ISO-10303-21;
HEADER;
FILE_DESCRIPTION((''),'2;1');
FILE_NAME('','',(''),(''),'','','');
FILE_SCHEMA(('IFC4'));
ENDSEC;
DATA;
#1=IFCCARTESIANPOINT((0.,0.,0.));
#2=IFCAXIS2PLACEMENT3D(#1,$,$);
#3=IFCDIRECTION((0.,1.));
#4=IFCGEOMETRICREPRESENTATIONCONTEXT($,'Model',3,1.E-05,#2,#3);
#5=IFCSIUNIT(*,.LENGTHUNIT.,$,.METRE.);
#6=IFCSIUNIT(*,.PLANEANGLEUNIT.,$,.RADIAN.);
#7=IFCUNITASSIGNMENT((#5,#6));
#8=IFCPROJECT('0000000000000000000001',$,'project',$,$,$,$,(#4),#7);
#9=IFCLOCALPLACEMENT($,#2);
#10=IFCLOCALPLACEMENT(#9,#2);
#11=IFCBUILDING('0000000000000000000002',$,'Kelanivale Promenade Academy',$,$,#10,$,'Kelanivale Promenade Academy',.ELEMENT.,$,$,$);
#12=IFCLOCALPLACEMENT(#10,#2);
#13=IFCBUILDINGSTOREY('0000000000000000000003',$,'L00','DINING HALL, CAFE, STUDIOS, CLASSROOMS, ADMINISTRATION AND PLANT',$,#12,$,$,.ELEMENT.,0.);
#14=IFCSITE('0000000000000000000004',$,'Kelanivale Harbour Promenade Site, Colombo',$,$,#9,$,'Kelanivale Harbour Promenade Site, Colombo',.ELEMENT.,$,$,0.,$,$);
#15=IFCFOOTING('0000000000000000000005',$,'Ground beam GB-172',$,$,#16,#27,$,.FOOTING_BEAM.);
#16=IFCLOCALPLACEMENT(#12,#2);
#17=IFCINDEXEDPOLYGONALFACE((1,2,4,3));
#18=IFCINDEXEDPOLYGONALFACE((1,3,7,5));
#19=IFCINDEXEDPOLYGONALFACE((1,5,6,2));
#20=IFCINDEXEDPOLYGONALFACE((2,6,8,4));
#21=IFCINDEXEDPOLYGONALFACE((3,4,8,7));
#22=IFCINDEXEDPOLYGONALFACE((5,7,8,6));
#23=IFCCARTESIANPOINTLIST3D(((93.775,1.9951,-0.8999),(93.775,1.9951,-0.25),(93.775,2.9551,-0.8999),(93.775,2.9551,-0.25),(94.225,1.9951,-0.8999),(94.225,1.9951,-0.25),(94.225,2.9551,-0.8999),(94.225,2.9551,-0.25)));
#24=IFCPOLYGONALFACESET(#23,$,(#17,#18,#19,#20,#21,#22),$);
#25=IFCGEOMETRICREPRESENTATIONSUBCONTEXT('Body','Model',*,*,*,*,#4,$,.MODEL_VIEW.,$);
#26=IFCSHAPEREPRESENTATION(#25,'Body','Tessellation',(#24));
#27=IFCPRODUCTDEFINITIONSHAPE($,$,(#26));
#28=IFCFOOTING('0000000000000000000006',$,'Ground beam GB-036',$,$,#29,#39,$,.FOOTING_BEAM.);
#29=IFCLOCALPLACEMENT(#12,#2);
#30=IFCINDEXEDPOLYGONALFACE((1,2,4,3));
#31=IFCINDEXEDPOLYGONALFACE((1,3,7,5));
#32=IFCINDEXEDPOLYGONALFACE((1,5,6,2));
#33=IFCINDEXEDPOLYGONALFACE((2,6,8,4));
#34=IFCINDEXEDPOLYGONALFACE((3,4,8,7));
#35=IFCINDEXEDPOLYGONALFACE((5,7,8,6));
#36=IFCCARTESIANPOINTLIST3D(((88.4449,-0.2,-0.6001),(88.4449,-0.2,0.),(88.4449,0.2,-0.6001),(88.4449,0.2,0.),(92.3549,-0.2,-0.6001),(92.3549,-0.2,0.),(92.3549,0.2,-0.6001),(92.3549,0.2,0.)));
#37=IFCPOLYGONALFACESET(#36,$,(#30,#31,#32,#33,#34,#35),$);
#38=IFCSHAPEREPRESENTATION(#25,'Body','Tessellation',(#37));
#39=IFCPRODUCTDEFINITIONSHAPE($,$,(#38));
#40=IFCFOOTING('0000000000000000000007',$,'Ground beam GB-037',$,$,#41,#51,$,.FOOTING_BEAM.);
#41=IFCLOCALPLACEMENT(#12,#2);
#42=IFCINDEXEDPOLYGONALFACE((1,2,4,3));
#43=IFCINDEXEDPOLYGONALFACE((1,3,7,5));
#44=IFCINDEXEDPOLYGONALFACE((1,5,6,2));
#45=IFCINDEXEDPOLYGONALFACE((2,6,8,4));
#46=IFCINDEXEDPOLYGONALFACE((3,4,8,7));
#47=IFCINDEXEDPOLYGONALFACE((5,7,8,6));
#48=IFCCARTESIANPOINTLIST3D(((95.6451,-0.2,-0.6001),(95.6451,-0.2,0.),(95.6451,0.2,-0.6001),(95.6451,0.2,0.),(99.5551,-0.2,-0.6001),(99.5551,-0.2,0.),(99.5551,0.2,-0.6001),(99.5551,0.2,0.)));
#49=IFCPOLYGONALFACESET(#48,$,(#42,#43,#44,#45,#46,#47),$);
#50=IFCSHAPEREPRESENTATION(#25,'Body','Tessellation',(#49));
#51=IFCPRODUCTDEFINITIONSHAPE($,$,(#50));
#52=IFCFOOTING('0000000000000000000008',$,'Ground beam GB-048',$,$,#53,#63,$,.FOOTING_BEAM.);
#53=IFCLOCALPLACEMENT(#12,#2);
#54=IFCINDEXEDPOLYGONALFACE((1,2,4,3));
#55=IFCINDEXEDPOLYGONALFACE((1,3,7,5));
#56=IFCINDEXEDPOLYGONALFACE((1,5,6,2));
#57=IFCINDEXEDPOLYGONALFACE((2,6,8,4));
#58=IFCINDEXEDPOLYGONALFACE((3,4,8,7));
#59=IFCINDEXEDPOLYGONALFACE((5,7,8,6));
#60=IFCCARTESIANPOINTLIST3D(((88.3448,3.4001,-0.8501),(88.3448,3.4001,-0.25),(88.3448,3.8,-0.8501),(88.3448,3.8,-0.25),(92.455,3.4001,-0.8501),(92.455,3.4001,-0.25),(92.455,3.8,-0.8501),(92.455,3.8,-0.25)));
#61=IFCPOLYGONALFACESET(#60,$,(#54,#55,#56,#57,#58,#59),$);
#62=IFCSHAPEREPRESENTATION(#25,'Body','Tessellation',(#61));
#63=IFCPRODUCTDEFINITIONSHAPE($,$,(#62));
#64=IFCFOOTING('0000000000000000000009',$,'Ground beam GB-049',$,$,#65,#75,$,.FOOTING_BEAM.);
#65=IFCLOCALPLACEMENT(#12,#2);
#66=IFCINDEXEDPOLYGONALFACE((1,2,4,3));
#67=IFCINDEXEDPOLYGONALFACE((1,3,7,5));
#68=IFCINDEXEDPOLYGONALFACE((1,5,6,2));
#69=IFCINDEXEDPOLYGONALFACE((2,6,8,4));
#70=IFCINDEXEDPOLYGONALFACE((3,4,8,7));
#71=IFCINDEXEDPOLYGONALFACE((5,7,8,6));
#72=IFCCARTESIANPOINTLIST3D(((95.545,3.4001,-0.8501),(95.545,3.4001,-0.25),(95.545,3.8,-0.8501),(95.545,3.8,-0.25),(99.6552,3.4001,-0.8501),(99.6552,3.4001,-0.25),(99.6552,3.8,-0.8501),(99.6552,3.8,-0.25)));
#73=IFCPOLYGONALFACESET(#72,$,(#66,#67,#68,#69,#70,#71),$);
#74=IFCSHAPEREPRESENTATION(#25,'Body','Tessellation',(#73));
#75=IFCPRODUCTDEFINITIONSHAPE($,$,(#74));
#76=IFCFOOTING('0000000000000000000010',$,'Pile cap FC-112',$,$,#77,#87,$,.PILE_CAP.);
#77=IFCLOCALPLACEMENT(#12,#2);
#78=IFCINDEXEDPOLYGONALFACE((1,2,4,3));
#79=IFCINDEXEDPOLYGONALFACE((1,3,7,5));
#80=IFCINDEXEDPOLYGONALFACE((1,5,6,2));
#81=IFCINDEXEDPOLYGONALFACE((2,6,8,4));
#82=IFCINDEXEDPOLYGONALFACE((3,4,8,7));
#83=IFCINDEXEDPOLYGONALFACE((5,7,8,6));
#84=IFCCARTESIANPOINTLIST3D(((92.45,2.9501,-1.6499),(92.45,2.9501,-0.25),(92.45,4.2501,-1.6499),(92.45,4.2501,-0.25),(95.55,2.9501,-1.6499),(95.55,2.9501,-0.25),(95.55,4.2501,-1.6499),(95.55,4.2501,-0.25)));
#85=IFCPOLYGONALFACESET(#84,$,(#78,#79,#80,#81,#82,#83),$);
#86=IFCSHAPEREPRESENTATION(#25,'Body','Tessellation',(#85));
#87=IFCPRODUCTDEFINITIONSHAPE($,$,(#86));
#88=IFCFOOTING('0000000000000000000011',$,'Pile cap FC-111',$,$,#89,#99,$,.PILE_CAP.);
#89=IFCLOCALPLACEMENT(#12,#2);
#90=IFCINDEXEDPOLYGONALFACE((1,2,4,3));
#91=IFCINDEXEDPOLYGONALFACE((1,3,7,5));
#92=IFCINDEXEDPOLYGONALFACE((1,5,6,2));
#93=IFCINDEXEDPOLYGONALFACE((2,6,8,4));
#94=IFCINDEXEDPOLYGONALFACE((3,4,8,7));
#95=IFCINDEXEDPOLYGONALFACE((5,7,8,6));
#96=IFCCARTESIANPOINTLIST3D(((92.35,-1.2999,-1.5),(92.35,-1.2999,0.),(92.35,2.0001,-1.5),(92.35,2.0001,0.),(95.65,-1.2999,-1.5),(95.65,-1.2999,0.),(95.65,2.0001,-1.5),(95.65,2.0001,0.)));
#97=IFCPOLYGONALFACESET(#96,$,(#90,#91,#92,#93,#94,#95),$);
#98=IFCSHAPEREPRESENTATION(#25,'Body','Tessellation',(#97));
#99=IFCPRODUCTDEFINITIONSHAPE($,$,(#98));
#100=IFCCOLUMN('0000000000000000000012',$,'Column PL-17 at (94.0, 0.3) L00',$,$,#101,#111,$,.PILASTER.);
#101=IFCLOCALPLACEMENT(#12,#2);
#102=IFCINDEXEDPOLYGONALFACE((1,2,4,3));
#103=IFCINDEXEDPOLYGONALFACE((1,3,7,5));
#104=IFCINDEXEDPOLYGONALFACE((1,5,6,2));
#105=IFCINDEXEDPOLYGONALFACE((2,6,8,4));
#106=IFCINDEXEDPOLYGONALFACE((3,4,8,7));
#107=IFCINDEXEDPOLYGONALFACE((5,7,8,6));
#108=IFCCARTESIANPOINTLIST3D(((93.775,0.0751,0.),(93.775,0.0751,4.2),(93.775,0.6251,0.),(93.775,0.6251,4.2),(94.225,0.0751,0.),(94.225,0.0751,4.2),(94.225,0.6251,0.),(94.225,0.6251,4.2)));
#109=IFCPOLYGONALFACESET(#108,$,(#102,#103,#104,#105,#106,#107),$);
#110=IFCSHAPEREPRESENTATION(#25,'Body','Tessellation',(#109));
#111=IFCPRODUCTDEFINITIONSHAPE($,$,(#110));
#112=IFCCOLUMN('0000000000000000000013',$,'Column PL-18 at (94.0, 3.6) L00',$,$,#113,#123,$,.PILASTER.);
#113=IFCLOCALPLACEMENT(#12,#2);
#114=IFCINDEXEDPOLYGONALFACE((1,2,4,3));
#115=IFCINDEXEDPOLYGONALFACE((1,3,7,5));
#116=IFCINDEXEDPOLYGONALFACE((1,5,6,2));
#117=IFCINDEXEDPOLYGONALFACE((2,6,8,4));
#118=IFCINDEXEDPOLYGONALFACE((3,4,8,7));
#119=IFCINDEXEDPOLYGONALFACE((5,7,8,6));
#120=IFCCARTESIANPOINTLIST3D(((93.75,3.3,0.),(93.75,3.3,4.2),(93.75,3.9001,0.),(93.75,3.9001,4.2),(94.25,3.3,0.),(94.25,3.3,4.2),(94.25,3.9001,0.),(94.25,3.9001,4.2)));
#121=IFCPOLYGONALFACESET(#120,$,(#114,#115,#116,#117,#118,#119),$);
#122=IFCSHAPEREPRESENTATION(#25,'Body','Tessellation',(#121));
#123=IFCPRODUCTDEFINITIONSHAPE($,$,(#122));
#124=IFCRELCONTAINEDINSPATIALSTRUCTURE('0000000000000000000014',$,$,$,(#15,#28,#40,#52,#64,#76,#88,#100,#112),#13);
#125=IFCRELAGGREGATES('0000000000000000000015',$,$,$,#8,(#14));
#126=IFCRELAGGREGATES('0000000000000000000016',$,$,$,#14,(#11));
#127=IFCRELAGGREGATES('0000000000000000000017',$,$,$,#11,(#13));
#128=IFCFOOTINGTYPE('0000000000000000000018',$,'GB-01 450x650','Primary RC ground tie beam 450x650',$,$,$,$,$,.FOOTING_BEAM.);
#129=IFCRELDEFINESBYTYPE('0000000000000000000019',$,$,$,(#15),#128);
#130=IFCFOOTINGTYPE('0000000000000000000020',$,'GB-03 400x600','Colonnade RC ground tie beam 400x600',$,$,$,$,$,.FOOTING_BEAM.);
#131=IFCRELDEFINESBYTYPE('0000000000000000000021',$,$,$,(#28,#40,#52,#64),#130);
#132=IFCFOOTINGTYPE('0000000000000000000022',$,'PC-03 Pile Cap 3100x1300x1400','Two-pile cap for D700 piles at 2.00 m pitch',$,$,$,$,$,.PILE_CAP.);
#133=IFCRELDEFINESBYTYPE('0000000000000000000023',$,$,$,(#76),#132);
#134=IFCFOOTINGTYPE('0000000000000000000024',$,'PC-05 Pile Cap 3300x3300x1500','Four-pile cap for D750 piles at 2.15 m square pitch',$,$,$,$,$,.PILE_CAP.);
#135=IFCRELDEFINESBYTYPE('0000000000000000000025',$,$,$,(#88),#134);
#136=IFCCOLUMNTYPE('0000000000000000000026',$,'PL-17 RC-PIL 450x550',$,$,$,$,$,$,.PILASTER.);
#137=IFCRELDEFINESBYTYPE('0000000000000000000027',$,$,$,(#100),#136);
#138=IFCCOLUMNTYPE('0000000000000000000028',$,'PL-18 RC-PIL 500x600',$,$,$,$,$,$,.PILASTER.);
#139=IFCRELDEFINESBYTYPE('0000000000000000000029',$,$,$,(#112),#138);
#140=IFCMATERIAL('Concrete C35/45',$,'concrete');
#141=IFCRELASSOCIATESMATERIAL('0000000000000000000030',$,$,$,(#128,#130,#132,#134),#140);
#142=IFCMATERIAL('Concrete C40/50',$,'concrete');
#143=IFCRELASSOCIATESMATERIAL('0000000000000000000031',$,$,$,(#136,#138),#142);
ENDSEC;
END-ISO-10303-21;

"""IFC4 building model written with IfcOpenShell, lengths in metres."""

from ifc_helpers import new_model, si_unit, direction, frame, origin, origin_2d, place, context, subcontext, project, spatial, rectangle, extrude, material, material_profile, profile_set, type_object, element, save


model = new_model("IFC4")

# Units and contexts
model_context = context("Model", 3, precision=1e-05, world=origin(), true_north=direction((0.0, 1.0)))
body_context = subcontext(model_context, "Body", "Model", "MODEL_VIEW")
ifc_project = project(units=[si_unit("LENGTHUNIT", "METRE"), si_unit("PLANEANGLEUNIT", "RADIAN")], contexts=[model_context])

# Site, building, storey
site_placement = place(None, origin())
site = spatial("IfcSite", under=ifc_project, at=site_placement, Name="Kelanivale Harbour Promenade Site, Colombo", LongName="Kelanivale Harbour Promenade Site, Colombo", CompositionType="ELEMENT", RefElevation=0.0)
building_placement = place(site_placement, origin())
building = spatial("IfcBuilding", under=site, at=building_placement, Name="Kelanivale Promenade Academy", LongName="Kelanivale Promenade Academy", CompositionType="ELEMENT")
storey_placement = place(building_placement, origin())
storey = spatial("IfcBuildingStorey", under=building, at=storey_placement, Name="L00", Description="DINING HALL, CAFE, STUDIOS, CLASSROOMS, ADMINISTRATION AND PLANT", CompositionType="ELEMENT", Elevation=0.0)

# Shared definitions
ifc_material_1 = material(Name="Concrete C35/45", Category="concrete")

# Footings
footing_type_1 = type_object("IfcFootingType", Name="GB-01 450x650", Description="Primary RC ground tie beam 450x650", PredefinedType="FOOTING_BEAM", material=ifc_material_1)
footing_1_placement = place(storey_placement, frame((94.0, 2.4751, -0.8999), z_axis=(0.0, 0.0, 1.0), x_axis=(0.0, 1.0, 0.0)))
element("IfcFooting", 1, at=footing_1_placement, inside=storey, type_object=footing_type_1, Name="Ground beam GB-172", PredefinedType="FOOTING_BEAM", context=body_context, shape_type="SweptSolid", body=[
    extrude(rectangle(XDim=0.96, YDim=0.45, at=origin_2d()), origin(), (0.0, 0.0, 1.0), 0.6499),
])
footing_type_2 = type_object("IfcFootingType", Name="GB-03 400x600", Description="Colonnade RC ground tie beam 400x600", PredefinedType="FOOTING_BEAM", material=ifc_material_1)
for number, where, z_axis, x_axis, name in (
    (2, (90.3999, 0.0, -0.6001), (0.0, 0.0, 1.0), (1.0, 0.0, 0.0), "Ground beam GB-036"),
    (3, (97.6001, 0.0, -0.6001), (0.0, 0.0, 1.0), (1.0, 0.0, 0.0), "Ground beam GB-037"),
):
    element("IfcFooting", number, at=place(storey_placement, frame(where, z_axis=z_axis, x_axis=x_axis)), inside=storey, type_object=footing_type_2, Name=name, PredefinedType="FOOTING_BEAM", context=body_context, shape_type="SweptSolid", body=[
        extrude(rectangle(XDim=3.9099, YDim=0.3999, at=origin_2d()), origin(), (0.0, 0.0, 1.0), 0.6001),
    ])
for number, where, z_axis, x_axis, name in (
    (4, (90.3999, 3.6001, -0.8501), (0.0, 0.0, 1.0), (1.0, 0.0, 0.0), "Ground beam GB-048"),
    (5, (97.6001, 3.6001, -0.8501), (0.0, 0.0, 1.0), (1.0, 0.0, 0.0), "Ground beam GB-049"),
):
    element("IfcFooting", number, at=place(storey_placement, frame(where, z_axis=z_axis, x_axis=x_axis)), inside=storey, type_object=footing_type_2, Name=name, PredefinedType="FOOTING_BEAM", context=body_context, shape_type="SweptSolid", body=[
        extrude(rectangle(XDim=4.1101, YDim=0.3999, at=origin_2d()), origin(), (0.0, 0.0, 1.0), 0.6001),
    ])
footing_type_3 = type_object("IfcFootingType", Name="PC-03 Pile Cap 3100x1300x1400", Description="Two-pile cap for D700 piles at 2.00 m pitch", PredefinedType="PILE_CAP", material=ifc_material_1)
footing_2_placement = place(storey_placement, frame((94.0, 3.6001, -1.6499), z_axis=(0.0, 0.0, 1.0), x_axis=(1.0, 0.0, 0.0)))
element("IfcFooting", 6, at=footing_2_placement, inside=storey, type_object=footing_type_3, Name="Pile cap FC-112", PredefinedType="PILE_CAP", context=body_context, shape_type="SweptSolid", body=[
    extrude(rectangle(XDim=3.1001, YDim=1.3, at=origin_2d()), origin(), (0.0, 0.0, 1.0), 1.3999),
])
footing_type_4 = type_object("IfcFootingType", Name="PC-05 Pile Cap 3300x3300x1500", Description="Four-pile cap for D750 piles at 2.15 m square pitch", PredefinedType="PILE_CAP", material=ifc_material_1)
footing_3_placement = place(storey_placement, frame((94.0, 0.3501, -1.5), z_axis=(0.0, 0.0, 1.0), x_axis=(1.0, 0.0, 0.0)))
element("IfcFooting", 7, at=footing_3_placement, inside=storey, type_object=footing_type_4, Name="Pile cap FC-111", PredefinedType="PILE_CAP", context=body_context, shape_type="SweptSolid", body=[
    extrude(rectangle(XDim=3.3, YDim=3.3, at=origin_2d()), origin(), (0.0, 0.0, 1.0), 1.5),
])

# Columns
ifc_material_2 = material(Name="Concrete C40/50", Category="concrete")
ifc_material_profile_1 = material_profile(ifc_material_2, rectangle(XDim=0.45, YDim=0.55, at=origin_2d()), Name="RC-PIL 450x550")
ifc_profile_set_1 = profile_set([ifc_material_profile_1], Name="Concrete C40/50")
column_type_1 = type_object("IfcColumnType", Name="PL-17 RC-PIL 450x550", PredefinedType="PILASTER", material=ifc_profile_set_1)
column_1_placement = place(storey_placement, frame((94.0, 0.3501, 0.0), z_axis=(0.0, 0.0, 1.0), x_axis=(1.0, 0.0, 0.0)))
element("IfcColumn", 8, at=column_1_placement, inside=storey, type_object=column_type_1, Name="Column PL-17 at (94.0, 0.3) L00", PredefinedType="PILASTER", context=body_context, shape_type="SweptSolid", body=[
    extrude(rectangle(XDim=0.45, YDim=0.55, at=origin_2d()), origin(), (0.0, 0.0, 1.0), 4.2),
])
ifc_material_profile_2 = material_profile(ifc_material_2, rectangle(XDim=0.5, YDim=0.6001, at=origin_2d()), Name="RC-PIL 500x600")
ifc_profile_set_2 = profile_set([ifc_material_profile_2], Name="Concrete C40/50")
column_type_2 = type_object("IfcColumnType", Name="PL-18 RC-PIL 500x600", PredefinedType="PILASTER", material=ifc_profile_set_2)
column_2_placement = place(storey_placement, frame((94.0, 3.6001, 0.0), z_axis=(0.0, 0.0, 1.0), x_axis=(1.0, 0.0, 0.0)))
element("IfcColumn", 9, at=column_2_placement, inside=storey, type_object=column_type_2, Name="Column PL-18 at (94.0, 3.6) L00", PredefinedType="PILASTER", context=body_context, shape_type="SweptSolid", body=[
    extrude(rectangle(XDim=0.5, YDim=0.6001, at=origin_2d()), origin(), (0.0, 0.0, 1.0), 4.2),
])

save(model, "model.ifc")
